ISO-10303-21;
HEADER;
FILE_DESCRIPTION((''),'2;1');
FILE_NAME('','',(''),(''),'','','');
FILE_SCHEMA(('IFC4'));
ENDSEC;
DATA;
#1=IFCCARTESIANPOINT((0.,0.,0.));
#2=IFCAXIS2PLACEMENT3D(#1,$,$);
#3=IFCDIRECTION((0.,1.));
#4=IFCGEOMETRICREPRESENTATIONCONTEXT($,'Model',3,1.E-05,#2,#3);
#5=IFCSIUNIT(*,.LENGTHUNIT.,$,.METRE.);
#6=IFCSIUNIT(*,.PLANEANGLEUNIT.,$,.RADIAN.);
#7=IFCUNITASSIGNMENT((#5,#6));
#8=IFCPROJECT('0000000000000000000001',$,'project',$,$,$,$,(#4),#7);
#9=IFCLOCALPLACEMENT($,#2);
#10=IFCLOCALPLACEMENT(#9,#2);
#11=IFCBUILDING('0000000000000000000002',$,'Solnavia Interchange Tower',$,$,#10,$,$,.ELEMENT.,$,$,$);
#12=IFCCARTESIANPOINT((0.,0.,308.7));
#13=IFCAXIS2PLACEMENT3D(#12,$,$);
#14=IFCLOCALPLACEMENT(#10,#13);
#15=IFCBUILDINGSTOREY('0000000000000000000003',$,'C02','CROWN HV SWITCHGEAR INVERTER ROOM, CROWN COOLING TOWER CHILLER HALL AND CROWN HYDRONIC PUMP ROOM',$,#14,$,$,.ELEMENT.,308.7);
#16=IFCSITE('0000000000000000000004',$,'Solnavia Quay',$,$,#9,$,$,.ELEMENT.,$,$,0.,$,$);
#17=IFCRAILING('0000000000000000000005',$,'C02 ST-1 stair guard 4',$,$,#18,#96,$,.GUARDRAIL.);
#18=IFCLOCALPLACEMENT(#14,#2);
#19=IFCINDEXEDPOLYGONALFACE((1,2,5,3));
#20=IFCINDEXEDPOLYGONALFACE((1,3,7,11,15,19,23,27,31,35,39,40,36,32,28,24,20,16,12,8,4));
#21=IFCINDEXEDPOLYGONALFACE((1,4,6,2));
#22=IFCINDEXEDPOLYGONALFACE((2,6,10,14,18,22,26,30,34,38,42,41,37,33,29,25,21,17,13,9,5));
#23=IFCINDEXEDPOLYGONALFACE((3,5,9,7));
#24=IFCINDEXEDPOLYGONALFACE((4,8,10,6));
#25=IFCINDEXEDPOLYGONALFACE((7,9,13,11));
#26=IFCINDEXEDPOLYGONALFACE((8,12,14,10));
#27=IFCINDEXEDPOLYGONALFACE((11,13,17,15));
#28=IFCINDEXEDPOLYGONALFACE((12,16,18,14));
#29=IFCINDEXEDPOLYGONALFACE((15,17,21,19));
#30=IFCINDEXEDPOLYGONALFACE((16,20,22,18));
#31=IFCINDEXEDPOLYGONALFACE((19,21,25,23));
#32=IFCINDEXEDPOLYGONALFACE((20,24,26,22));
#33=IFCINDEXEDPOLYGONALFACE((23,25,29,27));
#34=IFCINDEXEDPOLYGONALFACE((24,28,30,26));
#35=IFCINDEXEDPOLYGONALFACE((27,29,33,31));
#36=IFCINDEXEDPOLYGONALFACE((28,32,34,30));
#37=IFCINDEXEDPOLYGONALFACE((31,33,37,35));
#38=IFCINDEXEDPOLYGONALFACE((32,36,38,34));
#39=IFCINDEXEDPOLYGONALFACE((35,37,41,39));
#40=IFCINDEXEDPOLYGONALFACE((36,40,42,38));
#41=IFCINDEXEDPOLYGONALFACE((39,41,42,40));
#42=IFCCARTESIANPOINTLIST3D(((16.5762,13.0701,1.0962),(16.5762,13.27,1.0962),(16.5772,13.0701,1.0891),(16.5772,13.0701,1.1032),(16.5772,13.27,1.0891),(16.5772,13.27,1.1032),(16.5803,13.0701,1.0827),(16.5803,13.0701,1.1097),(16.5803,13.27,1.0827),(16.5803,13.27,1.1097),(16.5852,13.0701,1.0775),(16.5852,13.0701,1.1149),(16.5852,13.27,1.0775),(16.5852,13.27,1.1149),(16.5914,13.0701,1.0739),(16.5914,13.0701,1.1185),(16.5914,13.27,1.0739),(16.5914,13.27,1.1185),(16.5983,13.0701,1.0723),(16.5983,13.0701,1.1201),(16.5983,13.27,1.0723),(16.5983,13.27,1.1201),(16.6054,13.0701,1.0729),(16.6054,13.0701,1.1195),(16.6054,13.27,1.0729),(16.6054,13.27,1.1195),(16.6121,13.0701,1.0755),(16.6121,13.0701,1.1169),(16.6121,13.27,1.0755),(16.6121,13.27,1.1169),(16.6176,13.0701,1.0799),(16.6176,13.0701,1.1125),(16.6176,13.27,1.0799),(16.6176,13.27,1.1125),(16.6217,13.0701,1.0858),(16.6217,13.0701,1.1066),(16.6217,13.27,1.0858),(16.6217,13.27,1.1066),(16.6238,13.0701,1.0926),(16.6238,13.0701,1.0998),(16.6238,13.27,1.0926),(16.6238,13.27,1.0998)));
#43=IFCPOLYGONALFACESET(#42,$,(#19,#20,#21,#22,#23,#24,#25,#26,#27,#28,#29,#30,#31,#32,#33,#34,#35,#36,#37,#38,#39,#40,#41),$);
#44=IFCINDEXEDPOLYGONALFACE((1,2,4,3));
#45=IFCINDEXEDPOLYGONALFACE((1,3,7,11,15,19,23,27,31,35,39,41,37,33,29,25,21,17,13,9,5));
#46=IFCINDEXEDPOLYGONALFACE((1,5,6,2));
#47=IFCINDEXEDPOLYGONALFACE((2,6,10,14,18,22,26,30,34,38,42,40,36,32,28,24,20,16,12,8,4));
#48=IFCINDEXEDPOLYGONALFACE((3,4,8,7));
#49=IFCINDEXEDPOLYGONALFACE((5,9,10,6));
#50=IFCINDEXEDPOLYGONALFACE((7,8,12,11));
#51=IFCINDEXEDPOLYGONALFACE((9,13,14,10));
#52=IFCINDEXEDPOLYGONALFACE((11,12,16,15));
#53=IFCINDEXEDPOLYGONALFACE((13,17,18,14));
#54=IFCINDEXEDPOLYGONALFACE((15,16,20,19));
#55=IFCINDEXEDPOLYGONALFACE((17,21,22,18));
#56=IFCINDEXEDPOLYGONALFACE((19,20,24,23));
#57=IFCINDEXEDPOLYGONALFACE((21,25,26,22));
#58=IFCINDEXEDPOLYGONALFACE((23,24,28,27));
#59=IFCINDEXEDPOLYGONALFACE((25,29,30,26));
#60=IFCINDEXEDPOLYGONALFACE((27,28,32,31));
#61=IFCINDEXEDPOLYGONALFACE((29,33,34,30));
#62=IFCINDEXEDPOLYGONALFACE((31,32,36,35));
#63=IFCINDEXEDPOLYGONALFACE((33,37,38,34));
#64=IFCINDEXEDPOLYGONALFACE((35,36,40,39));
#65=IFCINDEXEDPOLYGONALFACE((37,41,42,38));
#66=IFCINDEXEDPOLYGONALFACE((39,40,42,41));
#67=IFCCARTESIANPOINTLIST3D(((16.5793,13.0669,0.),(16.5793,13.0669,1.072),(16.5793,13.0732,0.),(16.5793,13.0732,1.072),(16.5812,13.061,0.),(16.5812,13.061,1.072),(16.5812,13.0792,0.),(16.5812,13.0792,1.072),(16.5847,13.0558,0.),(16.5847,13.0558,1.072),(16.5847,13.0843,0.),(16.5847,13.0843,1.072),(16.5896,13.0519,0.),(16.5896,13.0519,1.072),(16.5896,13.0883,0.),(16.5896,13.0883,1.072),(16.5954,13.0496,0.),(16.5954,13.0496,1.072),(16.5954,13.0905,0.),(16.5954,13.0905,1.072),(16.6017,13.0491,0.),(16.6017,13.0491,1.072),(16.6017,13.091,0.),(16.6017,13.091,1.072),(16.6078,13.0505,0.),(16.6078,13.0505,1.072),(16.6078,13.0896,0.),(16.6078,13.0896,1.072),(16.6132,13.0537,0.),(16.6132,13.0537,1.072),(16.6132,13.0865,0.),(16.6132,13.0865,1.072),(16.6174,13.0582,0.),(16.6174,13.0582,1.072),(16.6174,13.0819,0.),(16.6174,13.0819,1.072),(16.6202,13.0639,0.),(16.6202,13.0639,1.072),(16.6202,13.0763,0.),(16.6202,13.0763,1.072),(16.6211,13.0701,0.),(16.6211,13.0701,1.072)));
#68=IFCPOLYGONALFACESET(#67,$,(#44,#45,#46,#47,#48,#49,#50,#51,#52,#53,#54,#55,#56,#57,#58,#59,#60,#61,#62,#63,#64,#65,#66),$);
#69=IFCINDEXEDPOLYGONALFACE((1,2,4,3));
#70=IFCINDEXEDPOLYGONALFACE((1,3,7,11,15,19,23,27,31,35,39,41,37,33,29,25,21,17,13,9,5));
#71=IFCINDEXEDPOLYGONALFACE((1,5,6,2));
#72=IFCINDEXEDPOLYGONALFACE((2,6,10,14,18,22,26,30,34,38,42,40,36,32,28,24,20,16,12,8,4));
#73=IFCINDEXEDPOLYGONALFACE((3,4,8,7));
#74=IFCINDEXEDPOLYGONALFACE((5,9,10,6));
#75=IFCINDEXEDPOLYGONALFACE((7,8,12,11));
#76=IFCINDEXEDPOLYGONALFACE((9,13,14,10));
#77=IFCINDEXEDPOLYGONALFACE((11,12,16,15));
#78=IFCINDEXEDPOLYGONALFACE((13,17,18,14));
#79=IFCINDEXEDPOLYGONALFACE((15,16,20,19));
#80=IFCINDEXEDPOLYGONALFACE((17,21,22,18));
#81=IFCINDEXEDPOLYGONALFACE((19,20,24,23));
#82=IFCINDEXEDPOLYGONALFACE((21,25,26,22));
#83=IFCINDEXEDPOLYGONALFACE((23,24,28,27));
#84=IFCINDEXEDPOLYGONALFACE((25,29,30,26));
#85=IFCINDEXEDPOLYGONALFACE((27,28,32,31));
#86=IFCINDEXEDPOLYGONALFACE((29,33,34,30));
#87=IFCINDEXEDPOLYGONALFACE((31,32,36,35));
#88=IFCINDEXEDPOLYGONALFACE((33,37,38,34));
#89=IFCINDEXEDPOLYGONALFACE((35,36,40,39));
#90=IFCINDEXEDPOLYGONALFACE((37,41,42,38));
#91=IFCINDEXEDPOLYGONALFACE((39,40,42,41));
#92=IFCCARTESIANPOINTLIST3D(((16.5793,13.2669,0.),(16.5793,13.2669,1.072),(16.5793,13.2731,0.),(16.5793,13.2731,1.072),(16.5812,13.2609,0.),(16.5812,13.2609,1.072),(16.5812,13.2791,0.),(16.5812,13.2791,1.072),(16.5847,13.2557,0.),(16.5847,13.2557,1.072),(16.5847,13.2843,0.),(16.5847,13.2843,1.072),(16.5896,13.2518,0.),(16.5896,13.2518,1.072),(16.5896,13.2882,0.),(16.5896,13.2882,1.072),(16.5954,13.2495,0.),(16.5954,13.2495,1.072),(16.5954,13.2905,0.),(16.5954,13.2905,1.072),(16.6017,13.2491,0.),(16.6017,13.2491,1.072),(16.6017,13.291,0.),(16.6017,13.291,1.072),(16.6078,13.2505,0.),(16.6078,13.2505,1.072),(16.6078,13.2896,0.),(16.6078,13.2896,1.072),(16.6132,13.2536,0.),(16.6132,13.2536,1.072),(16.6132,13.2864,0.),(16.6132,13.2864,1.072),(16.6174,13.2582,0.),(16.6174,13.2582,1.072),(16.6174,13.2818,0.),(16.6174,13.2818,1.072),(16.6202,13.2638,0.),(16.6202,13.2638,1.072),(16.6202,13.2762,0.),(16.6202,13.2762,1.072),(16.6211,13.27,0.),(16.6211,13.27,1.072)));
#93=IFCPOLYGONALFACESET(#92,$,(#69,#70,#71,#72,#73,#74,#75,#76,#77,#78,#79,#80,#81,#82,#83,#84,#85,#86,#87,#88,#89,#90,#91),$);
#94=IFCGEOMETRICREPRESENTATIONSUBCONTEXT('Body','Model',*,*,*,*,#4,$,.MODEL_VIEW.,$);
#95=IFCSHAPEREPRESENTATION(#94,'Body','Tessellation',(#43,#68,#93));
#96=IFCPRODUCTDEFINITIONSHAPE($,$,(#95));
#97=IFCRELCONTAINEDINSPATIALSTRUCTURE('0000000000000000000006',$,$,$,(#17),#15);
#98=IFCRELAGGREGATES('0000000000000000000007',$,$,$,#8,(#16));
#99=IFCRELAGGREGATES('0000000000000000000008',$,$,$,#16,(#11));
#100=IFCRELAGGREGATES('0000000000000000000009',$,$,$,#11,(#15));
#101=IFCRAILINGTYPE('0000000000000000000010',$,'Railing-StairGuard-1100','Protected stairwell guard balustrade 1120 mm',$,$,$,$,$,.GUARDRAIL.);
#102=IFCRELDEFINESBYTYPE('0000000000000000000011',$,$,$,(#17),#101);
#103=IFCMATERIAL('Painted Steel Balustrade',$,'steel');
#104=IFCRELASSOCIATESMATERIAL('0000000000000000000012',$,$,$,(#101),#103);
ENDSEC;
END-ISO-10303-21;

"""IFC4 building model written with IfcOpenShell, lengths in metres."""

from ifc_helpers import new_model, si_unit, direction, frame, origin, origin_2d, place, context, subcontext, project, spatial, circle, extrude, material, type_object, element, save


model = new_model("IFC4")

# Units and contexts
model_context = context("Model", 3, precision=1e-05, world=origin(), true_north=direction((0.0, 1.0)))
body_context = subcontext(model_context, "Body", "Model", "MODEL_VIEW")
ifc_project = project(units=[si_unit("LENGTHUNIT", "METRE"), si_unit("PLANEANGLEUNIT", "RADIAN")], contexts=[model_context])

# Site, building, storey
site_placement = place(None, origin())
site = spatial("IfcSite", under=ifc_project, at=site_placement, Name="Solnavia Quay", CompositionType="ELEMENT", RefElevation=0.0)
building_placement = place(site_placement, origin())
building = spatial("IfcBuilding", under=site, at=building_placement, Name="Solnavia Interchange Tower", CompositionType="ELEMENT")
storey_placement = place(building_placement, frame((0.0, 0.0, 308.7)))
storey = spatial("IfcBuildingStorey", under=building, at=storey_placement, Name="C02", Description="CROWN HV SWITCHGEAR INVERTER ROOM, CROWN COOLING TOWER CHILLER HALL AND CROWN HYDRONIC PUMP ROOM", CompositionType="ELEMENT", Elevation=308.7)

# Railing
ifc_material_1 = material(Name="Painted Steel Balustrade", Category="steel")
railing_type_1 = type_object("IfcRailingType", Name="Railing-StairGuard-1100", Description="Protected stairwell guard balustrade 1120 mm", PredefinedType="GUARDRAIL", material=ifc_material_1)
railing_1_placement = place(storey_placement, frame((16.6001, 13.0701, 0.0)))
element("IfcRailing", 1, at=railing_1_placement, inside=storey, type_object=railing_type_1, Name="C02 ST-1 stair guard 4", PredefinedType="GUARDRAIL", context=body_context, shape_type="SweptSolid", body=[
    extrude(circle(Radius=0.0239, at=origin_2d()), frame((0.0, 0.0, 1.0962), z_axis=(0.0, 1.0, 0.0), x_axis=(-1.0, 0.0, 0.0)), (0.0, 0.0, 1.0), 0.2),
    extrude(circle(Radius=0.021, at=origin_2d()), origin(), (0.0, 0.0, 1.0), 1.072),
    extrude(circle(Radius=0.021, at=origin_2d()), frame((0.0, 0.2, 0.0)), (0.0, 0.0, 1.0), 1.072),
])

save(model, "model.ifc")
